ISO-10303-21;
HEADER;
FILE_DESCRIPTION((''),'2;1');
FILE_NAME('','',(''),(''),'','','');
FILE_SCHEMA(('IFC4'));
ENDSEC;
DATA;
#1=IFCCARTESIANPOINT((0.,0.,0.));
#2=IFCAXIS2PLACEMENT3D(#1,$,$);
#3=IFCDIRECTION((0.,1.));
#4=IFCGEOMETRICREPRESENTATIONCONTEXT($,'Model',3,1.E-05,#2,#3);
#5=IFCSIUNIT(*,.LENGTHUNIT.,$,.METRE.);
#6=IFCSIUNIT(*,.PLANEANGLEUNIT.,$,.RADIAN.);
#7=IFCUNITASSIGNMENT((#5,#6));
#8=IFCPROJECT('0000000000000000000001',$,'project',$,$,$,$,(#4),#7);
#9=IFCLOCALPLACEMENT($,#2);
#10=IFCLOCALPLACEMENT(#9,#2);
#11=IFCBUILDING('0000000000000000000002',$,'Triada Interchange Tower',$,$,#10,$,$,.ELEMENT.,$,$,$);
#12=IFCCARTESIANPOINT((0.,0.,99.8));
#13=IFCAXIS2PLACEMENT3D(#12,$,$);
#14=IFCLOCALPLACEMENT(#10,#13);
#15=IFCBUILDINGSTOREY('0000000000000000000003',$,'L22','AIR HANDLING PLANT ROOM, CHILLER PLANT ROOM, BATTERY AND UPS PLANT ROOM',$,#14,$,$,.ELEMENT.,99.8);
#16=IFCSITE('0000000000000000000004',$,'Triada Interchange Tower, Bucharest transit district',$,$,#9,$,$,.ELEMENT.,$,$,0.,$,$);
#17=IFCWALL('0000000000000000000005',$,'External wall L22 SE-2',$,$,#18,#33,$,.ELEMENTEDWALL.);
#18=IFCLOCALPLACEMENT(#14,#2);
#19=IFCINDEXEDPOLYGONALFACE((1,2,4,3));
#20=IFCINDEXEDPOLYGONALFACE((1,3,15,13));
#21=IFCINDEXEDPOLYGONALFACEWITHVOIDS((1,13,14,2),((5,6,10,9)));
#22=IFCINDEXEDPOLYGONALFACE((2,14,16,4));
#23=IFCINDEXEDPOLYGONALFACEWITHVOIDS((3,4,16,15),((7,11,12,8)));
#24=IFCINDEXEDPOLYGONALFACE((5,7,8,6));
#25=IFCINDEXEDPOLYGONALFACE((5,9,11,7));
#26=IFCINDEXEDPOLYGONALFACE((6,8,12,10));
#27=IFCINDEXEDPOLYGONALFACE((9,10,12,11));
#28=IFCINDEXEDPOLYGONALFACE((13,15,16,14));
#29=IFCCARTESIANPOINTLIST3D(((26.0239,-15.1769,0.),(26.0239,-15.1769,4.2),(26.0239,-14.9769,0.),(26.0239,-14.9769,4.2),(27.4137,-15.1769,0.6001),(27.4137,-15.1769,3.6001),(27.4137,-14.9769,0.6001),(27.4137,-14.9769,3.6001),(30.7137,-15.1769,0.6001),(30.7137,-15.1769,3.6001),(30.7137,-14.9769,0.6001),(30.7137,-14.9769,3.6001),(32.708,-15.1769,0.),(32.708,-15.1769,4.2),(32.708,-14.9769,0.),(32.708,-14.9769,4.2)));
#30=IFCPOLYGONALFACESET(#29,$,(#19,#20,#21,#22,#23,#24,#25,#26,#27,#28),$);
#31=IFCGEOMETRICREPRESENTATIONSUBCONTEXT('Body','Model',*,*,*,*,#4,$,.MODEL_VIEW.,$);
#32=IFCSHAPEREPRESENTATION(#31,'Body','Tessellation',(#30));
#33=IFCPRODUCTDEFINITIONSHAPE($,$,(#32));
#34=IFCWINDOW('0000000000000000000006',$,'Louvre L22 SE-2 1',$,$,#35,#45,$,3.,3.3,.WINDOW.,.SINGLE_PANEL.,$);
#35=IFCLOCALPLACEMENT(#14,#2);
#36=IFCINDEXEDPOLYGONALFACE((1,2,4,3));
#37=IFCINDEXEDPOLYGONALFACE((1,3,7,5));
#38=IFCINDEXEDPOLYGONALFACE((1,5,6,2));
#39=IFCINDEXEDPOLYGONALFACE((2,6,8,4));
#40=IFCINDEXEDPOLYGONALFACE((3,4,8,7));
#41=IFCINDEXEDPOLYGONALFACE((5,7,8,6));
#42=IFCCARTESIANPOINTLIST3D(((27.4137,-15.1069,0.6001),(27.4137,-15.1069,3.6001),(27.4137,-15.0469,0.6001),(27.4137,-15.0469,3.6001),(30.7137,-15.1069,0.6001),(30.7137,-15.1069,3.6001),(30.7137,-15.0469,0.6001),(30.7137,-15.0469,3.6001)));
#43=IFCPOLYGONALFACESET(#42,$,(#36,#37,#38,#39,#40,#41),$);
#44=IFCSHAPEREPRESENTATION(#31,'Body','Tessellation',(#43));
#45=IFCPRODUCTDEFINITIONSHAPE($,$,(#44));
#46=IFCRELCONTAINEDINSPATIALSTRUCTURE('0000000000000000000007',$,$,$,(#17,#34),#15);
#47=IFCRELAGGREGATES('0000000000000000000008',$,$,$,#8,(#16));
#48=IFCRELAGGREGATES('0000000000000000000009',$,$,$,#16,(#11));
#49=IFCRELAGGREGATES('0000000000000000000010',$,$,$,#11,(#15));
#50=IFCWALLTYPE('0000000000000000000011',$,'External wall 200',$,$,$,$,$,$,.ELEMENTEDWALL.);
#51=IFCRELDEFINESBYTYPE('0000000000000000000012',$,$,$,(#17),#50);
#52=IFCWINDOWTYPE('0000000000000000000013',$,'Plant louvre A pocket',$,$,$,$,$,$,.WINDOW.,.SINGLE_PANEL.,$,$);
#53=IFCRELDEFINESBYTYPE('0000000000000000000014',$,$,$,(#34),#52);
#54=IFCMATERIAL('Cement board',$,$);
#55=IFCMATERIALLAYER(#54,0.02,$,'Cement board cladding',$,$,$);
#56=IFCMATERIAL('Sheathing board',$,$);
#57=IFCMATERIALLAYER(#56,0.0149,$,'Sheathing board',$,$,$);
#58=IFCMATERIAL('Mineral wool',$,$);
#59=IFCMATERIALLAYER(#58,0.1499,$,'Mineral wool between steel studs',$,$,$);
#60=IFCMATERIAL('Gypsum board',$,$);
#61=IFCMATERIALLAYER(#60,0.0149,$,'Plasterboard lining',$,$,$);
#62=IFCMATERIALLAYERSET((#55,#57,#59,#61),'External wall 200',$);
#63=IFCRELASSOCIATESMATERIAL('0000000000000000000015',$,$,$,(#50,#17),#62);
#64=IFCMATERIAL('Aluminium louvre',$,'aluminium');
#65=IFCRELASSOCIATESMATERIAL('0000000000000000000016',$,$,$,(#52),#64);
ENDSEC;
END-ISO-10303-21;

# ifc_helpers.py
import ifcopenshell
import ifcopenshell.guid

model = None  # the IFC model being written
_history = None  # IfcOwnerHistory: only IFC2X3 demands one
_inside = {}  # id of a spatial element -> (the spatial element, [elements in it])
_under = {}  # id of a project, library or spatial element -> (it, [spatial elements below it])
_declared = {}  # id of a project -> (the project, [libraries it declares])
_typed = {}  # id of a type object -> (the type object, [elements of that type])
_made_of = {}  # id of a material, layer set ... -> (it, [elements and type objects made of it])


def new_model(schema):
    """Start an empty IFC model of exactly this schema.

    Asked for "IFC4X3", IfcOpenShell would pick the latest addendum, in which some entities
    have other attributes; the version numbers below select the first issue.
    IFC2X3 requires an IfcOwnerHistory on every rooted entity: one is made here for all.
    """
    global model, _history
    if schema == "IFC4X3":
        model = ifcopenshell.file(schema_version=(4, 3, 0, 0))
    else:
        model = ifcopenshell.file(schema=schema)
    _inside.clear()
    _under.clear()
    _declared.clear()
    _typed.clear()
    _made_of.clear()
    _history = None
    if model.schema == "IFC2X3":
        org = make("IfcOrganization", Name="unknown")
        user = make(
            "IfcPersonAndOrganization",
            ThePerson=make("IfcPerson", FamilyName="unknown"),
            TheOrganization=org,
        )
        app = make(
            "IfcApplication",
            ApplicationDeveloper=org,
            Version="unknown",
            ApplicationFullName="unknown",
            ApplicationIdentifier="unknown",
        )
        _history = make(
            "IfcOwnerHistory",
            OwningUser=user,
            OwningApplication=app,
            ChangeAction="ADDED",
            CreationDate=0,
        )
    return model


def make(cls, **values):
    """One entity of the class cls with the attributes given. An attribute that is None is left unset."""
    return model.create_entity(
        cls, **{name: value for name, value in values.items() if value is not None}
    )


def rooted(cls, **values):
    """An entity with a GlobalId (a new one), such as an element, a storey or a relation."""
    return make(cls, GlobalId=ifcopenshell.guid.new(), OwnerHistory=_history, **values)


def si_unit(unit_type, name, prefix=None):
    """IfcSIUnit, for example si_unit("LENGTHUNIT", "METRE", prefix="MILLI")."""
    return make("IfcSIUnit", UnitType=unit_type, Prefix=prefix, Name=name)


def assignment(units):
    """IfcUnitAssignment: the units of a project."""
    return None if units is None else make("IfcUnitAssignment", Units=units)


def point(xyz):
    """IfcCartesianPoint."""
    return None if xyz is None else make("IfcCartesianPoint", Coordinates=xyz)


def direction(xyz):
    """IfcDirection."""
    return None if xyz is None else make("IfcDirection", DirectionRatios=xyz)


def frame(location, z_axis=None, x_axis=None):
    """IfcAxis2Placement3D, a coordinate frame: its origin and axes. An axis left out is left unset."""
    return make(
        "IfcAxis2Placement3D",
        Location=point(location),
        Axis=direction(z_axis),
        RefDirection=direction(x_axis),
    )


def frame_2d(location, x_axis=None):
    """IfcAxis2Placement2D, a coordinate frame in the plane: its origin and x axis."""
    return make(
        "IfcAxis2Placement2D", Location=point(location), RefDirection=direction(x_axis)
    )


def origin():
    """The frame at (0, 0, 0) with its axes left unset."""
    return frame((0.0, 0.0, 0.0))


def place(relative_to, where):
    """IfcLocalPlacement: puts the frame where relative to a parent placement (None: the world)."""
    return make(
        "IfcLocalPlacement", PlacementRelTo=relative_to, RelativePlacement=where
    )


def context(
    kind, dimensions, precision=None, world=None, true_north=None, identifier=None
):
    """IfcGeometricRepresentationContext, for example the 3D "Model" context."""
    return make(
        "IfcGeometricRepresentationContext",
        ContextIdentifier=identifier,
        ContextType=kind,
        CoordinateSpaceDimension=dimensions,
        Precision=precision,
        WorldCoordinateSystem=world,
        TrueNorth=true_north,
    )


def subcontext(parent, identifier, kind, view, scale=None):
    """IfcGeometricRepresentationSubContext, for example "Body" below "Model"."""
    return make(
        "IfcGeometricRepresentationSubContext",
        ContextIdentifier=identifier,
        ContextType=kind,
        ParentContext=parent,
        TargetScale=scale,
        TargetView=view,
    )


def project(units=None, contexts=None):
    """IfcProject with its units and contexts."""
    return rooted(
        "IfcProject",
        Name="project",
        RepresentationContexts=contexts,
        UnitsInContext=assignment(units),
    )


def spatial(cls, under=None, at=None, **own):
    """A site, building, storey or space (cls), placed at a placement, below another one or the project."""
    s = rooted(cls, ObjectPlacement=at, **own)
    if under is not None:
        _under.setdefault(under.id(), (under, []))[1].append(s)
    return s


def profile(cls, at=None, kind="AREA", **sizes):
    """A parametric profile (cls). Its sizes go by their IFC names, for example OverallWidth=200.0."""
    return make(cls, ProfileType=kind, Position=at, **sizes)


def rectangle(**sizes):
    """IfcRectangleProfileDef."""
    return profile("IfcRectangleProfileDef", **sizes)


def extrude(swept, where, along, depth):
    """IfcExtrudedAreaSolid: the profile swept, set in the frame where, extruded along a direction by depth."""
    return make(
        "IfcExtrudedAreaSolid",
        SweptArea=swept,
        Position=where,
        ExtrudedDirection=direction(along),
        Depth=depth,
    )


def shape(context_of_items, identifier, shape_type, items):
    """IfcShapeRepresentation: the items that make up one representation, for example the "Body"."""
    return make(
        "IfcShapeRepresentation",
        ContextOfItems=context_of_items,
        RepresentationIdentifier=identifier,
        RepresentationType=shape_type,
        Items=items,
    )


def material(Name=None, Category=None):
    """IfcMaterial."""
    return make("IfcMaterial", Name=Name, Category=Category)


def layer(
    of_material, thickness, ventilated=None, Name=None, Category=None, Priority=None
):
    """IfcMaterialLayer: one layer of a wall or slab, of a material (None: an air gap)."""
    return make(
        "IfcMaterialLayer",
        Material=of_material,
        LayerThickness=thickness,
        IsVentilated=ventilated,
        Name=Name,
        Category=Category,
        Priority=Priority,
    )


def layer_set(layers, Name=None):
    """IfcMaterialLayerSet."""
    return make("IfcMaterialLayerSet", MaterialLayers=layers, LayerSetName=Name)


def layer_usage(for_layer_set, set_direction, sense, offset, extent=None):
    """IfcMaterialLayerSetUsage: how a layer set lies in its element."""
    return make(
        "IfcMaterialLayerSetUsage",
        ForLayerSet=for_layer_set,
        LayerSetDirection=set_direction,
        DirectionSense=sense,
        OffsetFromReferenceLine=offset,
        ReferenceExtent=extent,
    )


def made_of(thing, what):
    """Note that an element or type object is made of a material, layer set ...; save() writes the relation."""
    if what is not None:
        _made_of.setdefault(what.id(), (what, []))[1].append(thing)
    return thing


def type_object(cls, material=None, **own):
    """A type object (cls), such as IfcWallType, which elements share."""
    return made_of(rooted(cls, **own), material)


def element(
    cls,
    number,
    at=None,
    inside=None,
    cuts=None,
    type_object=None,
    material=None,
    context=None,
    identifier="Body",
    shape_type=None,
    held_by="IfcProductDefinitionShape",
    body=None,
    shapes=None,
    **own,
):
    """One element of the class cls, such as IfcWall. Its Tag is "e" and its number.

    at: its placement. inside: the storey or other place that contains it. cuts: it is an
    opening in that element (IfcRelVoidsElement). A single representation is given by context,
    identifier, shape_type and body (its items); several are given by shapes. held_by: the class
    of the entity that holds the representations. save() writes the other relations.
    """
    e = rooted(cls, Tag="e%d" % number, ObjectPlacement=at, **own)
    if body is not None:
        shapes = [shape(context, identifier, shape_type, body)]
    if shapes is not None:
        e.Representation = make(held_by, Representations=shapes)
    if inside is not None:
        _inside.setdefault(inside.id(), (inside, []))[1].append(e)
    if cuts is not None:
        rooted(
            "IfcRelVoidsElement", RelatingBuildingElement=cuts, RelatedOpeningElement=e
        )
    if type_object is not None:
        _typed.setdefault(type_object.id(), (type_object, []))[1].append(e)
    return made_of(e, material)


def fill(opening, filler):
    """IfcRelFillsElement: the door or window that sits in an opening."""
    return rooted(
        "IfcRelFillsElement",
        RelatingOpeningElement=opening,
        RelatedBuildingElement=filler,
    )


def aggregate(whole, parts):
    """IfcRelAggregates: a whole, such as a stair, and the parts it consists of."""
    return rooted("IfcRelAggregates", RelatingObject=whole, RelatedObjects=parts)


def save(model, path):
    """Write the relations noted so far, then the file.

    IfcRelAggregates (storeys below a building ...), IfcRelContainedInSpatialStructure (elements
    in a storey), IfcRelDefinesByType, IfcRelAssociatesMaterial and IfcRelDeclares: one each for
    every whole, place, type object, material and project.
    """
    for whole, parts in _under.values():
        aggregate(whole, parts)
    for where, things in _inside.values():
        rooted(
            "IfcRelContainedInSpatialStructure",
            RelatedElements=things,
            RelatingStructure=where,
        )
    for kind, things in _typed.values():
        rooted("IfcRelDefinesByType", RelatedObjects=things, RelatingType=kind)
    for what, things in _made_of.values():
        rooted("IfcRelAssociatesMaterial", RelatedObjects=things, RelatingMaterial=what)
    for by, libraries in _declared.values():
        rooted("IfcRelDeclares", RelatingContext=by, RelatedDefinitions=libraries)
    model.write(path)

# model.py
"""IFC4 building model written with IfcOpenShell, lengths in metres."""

from ifc_helpers import new_model, si_unit, direction, frame, frame_2d, origin, place, context, subcontext, project, spatial, rectangle, extrude, material, layer, layer_set, layer_usage, type_object, element, fill, save


model = new_model("IFC4")

# Units and contexts
model_context = context("Model", 3, precision=1e-05, world=origin(), true_north=direction((0.0, 1.0)))
body_context = subcontext(model_context, "Body", "Model", "MODEL_VIEW")
ifc_project = project(units=[si_unit("LENGTHUNIT", "METRE"), si_unit("PLANEANGLEUNIT", "RADIAN")], contexts=[model_context])

# Site, building, storey
site_placement = place(None, origin())
site = spatial("IfcSite", under=ifc_project, at=site_placement, Name="Triada Interchange Tower, Bucharest transit district", CompositionType="ELEMENT", RefElevation=0.0)
building_placement = place(site_placement, origin())
building = spatial("IfcBuilding", under=site, at=building_placement, Name="Triada Interchange Tower", CompositionType="ELEMENT")
storey_placement = place(building_placement, frame((0.0, 0.0, 99.8)))
storey = spatial("IfcBuildingStorey", under=building, at=storey_placement, Name="L22", Description="AIR HANDLING PLANT ROOM, CHILLER PLANT ROOM, BATTERY AND UPS PLANT ROOM", CompositionType="ELEMENT", Elevation=99.8)

# Wall, opening, window
ifc_material_1 = material(Name="Cement board")
ifc_layer_1 = layer(ifc_material_1, 0.02, Name="Cement board cladding")
ifc_material_2 = material(Name="Sheathing board")
ifc_layer_2 = layer(ifc_material_2, 0.0149, Name="Sheathing board")
ifc_material_3 = material(Name="Mineral wool")
ifc_layer_3 = layer(ifc_material_3, 0.1499, Name="Mineral wool between steel studs")
ifc_material_4 = material(Name="Gypsum board")
ifc_layer_4 = layer(ifc_material_4, 0.0149, Name="Plasterboard lining")
ifc_layer_set_1 = layer_set([ifc_layer_1, ifc_layer_2, ifc_layer_3, ifc_layer_4], Name="External wall 200")
ifc_layer_usage = layer_usage(ifc_layer_set_1, "AXIS2", "POSITIVE", -0.1001)
wall_type = type_object("IfcWallType", Name="External wall 200", PredefinedType="ELEMENTEDWALL", material=ifc_layer_set_1)
ifc_material_5 = material(Name="Aluminium louvre", Category="aluminium")
window_type_1 = type_object("IfcWindowType", Name="Plant louvre A pocket", PartitioningType="SINGLE_PANEL", PredefinedType="WINDOW", material=ifc_material_5)
wall_1_placement = place(storey_placement, frame((26.0239, -15.0769, 0.0), z_axis=(0.0, 0.0, 1.0), x_axis=(1.0, 0.0, 0.0)))
wall_1 = element("IfcWall", 1, at=wall_1_placement, inside=storey, type_object=wall_type, material=ifc_layer_usage, Name="External wall L22 SE-2", PredefinedType="ELEMENTEDWALL", context=body_context, shape_type="SweptSolid", body=[
    extrude(rectangle(XDim=6.6841, YDim=0.2, at=frame_2d((3.342, 0.0))), origin(), (0.0, 0.0, 1.0), 4.2),
])
opening_1_placement = place(wall_1_placement, frame((1.3899, 0.0, 0.6001)))
opening_1 = element("IfcOpeningElement", 2, at=opening_1_placement, cuts=wall_1, PredefinedType="OPENING", context=body_context, shape_type="SweptSolid", body=[
    extrude(rectangle(XDim=3.3, YDim=3.0, at=frame_2d((1.6499, 1.5))), frame((0.0, 0.1099, 0.0), z_axis=(0.0, -1.0, 0.0), x_axis=(1.0, 0.0, 0.0)), (0.0, 0.0, 1.0), 0.22),
])
window_1_placement = place(opening_1_placement, origin())
window_1 = element("IfcWindow", 3, at=window_1_placement, inside=storey, type_object=window_type_1, Name="Louvre L22 SE-2 1", OverallHeight=3.0, OverallWidth=3.3, PartitioningType="SINGLE_PANEL", PredefinedType="WINDOW", context=body_context, shape_type="SweptSolid", body=[
    extrude(rectangle(XDim=3.3, YDim=3.0, at=frame_2d((1.6499, 1.5))), frame((0.0, 0.03, 0.0), z_axis=(0.0, -1.0, 0.0), x_axis=(1.0, 0.0, 0.0)), (0.0, 0.0, 1.0), 0.0601),
])
fill(opening_1, window_1)

save(model, "model.ifc")
